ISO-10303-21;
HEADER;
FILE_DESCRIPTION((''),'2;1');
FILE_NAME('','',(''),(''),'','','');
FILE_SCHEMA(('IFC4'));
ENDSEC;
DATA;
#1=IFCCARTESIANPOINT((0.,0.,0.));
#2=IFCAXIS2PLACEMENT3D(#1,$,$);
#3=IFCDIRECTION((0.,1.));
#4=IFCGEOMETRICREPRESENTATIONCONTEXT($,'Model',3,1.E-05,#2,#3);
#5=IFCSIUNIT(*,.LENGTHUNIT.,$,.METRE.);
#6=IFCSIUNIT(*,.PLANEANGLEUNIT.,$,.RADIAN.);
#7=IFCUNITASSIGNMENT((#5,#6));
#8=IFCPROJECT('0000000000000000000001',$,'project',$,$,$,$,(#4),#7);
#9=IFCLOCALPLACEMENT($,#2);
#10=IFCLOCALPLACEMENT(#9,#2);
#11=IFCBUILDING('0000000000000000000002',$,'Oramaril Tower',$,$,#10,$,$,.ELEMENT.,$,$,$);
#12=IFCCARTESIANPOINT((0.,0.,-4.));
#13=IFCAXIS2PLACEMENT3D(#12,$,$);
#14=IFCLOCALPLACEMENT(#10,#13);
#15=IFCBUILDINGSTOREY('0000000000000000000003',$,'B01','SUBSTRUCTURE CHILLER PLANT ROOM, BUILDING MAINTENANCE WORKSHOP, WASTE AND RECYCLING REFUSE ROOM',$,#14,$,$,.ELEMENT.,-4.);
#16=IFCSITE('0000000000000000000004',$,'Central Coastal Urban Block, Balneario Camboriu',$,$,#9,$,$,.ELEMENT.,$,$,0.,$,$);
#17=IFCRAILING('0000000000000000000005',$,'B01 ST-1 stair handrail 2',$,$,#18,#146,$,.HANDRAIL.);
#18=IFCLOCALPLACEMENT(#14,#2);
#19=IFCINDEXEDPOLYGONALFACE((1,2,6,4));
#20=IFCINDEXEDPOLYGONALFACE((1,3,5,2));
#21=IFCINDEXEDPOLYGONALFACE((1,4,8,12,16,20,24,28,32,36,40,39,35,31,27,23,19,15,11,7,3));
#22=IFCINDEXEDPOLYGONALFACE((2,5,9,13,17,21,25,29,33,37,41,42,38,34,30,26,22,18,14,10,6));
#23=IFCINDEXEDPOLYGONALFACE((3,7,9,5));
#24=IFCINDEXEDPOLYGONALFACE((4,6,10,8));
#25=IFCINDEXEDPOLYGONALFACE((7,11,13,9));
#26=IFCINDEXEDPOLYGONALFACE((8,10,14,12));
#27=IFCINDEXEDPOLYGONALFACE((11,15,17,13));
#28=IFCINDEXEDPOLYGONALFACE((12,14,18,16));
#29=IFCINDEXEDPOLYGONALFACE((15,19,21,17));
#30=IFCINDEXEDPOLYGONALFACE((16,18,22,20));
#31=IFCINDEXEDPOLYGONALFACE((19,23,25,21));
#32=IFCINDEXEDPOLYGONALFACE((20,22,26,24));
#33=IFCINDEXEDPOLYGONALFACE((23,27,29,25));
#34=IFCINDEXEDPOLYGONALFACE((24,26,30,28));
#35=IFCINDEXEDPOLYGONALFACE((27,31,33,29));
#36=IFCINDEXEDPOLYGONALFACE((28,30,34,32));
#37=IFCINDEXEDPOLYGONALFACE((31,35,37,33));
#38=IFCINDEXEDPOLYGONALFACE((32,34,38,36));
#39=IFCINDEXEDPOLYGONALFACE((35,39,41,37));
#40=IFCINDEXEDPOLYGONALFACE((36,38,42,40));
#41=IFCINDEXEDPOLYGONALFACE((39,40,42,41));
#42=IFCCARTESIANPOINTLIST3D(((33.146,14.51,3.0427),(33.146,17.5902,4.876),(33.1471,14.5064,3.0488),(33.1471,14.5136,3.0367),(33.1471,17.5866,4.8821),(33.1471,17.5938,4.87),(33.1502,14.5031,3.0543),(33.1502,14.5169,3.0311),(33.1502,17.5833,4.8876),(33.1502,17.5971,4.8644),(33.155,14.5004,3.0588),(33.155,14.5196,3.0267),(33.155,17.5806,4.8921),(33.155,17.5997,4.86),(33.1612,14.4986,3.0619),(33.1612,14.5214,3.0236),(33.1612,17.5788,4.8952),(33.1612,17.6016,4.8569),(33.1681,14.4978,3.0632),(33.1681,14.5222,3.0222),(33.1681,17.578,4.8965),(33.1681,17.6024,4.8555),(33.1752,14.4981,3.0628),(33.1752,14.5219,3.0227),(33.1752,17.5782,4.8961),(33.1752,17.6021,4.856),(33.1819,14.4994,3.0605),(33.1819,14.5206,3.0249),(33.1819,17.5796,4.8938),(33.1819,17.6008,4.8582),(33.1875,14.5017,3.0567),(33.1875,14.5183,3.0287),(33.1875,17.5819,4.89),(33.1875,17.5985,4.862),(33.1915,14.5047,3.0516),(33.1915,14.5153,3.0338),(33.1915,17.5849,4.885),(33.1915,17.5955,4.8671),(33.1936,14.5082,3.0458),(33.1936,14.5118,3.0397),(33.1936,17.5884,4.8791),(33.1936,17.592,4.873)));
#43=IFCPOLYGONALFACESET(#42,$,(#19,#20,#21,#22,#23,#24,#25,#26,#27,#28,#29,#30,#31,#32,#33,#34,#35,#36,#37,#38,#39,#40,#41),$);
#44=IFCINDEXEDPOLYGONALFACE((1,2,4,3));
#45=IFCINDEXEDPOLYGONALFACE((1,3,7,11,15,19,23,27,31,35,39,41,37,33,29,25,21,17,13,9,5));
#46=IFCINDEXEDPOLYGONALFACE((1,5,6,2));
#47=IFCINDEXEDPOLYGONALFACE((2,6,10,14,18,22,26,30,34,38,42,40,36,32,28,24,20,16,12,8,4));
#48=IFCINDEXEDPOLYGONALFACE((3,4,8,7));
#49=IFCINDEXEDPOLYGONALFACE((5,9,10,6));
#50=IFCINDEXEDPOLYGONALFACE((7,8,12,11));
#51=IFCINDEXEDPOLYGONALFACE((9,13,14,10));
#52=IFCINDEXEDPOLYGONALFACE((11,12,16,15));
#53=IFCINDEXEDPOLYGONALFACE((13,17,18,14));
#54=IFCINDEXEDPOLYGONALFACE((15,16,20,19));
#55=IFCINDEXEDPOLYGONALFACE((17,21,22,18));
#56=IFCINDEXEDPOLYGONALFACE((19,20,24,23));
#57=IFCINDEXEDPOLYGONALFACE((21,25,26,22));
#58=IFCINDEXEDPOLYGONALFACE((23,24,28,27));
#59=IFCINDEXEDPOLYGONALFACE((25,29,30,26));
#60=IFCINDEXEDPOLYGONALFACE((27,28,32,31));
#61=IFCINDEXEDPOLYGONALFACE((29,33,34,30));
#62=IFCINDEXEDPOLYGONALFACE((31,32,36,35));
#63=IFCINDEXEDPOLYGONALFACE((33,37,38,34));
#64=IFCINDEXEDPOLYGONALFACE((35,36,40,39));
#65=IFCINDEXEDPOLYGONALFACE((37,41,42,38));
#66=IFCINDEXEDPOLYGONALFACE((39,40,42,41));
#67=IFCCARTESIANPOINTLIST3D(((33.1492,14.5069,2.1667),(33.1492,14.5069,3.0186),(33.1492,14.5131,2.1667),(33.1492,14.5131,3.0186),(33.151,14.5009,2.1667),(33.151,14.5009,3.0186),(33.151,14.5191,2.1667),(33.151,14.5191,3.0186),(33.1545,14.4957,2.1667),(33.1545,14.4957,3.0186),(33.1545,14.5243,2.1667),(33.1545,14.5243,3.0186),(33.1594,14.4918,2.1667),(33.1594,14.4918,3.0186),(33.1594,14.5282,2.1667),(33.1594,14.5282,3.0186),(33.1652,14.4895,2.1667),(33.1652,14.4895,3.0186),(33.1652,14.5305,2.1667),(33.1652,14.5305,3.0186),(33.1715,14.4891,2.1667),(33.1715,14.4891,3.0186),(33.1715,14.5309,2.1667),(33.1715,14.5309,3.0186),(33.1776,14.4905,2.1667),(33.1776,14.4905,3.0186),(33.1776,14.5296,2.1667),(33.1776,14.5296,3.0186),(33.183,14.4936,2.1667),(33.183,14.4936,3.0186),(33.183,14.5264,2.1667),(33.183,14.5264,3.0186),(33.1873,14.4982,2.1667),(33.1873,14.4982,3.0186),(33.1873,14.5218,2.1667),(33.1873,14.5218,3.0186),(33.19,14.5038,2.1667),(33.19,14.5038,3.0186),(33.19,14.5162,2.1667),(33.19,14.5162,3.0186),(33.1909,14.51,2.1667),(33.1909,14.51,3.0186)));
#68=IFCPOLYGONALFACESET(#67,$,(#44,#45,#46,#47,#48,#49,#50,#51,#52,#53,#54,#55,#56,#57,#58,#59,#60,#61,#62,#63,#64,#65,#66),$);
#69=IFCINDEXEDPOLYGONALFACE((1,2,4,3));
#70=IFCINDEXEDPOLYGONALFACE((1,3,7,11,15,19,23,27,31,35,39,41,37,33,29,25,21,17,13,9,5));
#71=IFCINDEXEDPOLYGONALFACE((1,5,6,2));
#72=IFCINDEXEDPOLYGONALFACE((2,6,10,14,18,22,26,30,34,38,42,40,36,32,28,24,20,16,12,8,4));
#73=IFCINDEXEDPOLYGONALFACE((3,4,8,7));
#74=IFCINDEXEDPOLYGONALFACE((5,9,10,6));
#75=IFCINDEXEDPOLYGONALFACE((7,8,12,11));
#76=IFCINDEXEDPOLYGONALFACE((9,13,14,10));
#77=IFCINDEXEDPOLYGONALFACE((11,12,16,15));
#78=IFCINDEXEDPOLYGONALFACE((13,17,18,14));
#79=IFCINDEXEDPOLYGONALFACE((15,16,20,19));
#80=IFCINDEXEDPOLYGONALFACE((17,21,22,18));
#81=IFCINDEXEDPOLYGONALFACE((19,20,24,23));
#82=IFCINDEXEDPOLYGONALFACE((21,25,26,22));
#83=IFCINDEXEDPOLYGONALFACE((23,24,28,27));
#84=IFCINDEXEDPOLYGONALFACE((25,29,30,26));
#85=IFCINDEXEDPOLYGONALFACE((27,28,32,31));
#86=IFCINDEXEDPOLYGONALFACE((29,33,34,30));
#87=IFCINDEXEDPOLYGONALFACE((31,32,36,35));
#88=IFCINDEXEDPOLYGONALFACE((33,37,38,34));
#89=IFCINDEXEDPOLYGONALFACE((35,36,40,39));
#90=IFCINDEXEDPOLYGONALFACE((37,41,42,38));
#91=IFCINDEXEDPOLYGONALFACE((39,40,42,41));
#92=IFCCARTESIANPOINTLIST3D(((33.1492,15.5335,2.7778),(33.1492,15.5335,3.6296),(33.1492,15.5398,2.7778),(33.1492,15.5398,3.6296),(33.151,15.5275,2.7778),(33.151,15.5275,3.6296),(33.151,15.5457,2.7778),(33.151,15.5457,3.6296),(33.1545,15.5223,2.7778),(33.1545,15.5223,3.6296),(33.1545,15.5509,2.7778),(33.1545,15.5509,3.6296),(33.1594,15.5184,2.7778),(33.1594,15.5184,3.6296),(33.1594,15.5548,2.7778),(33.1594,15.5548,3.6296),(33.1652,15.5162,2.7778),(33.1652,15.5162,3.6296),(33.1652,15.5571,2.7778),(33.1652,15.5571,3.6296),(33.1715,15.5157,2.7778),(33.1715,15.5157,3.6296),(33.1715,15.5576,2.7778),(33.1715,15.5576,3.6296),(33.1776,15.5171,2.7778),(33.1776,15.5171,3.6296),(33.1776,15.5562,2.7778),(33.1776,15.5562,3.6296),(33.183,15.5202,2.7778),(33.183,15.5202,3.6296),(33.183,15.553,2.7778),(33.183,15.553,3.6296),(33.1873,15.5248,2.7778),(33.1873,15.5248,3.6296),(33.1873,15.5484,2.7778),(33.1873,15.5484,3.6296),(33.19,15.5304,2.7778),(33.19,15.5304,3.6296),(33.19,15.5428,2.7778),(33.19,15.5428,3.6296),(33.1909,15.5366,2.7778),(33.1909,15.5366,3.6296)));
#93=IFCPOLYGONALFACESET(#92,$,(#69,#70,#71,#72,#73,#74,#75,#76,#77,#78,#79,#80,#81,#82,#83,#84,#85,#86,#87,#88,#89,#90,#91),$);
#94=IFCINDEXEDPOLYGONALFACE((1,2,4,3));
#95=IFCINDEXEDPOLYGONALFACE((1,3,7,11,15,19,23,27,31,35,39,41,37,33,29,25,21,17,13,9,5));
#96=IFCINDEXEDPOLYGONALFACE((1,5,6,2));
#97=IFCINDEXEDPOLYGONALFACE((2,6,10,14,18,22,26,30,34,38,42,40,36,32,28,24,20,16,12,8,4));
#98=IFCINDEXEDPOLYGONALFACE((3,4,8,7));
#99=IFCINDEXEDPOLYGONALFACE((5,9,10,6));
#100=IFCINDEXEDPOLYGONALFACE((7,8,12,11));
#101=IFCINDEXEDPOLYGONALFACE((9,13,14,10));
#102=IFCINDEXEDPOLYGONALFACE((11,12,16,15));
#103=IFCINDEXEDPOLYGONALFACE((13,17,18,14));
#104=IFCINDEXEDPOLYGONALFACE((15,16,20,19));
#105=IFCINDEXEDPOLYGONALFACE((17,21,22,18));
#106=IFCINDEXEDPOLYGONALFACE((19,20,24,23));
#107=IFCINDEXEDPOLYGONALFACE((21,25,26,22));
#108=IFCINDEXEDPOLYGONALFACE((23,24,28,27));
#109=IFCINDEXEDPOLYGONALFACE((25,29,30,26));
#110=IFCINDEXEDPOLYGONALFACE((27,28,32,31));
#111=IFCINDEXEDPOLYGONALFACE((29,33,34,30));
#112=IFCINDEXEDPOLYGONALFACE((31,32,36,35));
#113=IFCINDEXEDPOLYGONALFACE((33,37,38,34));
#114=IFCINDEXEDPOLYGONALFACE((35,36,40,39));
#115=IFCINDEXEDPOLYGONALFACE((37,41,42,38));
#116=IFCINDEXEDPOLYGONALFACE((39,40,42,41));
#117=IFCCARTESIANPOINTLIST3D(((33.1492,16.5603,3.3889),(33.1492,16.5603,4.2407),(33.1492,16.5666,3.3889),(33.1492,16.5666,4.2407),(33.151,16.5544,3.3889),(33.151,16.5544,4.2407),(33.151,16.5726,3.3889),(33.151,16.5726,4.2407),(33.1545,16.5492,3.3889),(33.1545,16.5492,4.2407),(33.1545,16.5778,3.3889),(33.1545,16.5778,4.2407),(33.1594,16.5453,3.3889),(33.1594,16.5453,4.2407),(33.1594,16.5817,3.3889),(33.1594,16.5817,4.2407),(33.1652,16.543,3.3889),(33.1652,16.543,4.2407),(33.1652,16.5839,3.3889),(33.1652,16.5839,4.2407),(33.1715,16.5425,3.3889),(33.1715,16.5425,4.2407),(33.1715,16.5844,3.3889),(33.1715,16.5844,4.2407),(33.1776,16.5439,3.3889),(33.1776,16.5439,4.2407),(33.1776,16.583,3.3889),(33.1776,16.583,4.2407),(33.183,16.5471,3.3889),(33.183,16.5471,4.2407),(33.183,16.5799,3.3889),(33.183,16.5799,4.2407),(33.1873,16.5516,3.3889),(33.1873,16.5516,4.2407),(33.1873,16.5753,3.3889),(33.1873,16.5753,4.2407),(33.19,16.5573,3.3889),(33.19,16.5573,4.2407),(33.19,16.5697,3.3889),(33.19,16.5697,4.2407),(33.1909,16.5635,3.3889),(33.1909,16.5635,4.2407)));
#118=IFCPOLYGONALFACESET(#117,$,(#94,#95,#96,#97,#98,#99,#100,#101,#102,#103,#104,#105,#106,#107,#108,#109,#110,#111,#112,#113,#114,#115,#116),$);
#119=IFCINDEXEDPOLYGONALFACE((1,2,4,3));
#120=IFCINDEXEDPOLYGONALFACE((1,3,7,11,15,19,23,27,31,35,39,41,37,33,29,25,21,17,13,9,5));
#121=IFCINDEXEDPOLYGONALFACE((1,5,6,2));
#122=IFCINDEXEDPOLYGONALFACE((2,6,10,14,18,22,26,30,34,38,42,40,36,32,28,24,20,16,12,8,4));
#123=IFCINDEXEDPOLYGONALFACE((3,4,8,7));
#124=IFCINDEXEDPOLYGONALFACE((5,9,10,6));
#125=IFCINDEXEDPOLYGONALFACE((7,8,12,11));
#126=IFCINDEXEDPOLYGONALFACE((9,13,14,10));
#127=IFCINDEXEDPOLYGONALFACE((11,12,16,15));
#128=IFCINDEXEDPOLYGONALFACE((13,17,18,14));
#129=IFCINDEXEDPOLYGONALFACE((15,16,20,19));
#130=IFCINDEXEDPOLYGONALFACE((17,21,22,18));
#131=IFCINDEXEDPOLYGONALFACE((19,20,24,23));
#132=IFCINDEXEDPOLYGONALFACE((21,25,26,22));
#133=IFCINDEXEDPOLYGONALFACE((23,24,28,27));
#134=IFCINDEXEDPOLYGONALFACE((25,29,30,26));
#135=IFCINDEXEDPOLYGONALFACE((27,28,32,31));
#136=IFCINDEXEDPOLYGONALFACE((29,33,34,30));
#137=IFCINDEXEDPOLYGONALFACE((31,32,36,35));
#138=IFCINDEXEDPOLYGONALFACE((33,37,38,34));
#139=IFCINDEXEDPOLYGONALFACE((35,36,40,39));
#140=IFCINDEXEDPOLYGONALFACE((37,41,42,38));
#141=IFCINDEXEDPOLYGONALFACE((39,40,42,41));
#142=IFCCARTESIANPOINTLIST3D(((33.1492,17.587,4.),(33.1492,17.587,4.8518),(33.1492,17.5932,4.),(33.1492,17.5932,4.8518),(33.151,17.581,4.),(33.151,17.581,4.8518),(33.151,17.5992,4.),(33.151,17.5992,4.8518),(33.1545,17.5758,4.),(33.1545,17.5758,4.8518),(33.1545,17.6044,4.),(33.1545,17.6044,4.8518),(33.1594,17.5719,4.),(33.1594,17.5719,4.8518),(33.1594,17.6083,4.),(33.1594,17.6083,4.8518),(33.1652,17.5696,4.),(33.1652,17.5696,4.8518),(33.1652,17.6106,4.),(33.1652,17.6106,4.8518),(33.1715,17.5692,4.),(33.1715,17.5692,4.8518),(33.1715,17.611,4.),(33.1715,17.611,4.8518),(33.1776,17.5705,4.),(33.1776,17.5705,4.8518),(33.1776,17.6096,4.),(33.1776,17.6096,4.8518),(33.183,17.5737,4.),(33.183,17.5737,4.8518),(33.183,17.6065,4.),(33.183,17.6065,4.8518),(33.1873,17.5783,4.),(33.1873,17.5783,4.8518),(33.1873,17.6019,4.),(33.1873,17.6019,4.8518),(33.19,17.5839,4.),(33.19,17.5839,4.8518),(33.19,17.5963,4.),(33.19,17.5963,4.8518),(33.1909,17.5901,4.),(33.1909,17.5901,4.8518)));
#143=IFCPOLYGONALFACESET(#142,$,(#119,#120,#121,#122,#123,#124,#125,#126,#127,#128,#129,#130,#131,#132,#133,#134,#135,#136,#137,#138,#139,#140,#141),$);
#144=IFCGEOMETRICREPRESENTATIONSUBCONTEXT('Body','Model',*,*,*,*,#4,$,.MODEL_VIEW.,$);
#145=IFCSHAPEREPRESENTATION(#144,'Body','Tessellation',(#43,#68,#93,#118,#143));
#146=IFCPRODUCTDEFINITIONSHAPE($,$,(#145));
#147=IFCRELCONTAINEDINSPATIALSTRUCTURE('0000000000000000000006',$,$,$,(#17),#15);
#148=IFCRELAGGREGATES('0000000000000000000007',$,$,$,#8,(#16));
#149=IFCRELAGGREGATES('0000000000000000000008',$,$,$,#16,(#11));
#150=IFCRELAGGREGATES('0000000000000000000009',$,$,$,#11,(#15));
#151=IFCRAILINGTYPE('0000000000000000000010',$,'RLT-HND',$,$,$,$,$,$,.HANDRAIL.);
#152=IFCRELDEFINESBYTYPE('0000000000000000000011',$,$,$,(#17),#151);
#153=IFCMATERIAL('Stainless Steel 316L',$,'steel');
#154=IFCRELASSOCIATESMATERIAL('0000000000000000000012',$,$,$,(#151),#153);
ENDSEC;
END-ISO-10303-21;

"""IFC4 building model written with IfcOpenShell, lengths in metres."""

from ifc_helpers import new_model, si_unit, direction, frame, origin, origin_2d, place, context, subcontext, project, spatial, circle, extrude, material, type_object, element, save


model = new_model("IFC4")

# Units and contexts
model_context = context("Model", 3, precision=1e-05, world=origin(), true_north=direction((0.0, 1.0)))
body_context = subcontext(model_context, "Body", "Model", "MODEL_VIEW")
ifc_project = project(units=[si_unit("LENGTHUNIT", "METRE"), si_unit("PLANEANGLEUNIT", "RADIAN")], contexts=[model_context])

# Site, building, storey
site_placement = place(None, origin())
site = spatial("IfcSite", under=ifc_project, at=site_placement, Name="Central Coastal Urban Block, Balneario Camboriu", CompositionType="ELEMENT", RefElevation=0.0)
building_placement = place(site_placement, origin())
building = spatial("IfcBuilding", under=site, at=building_placement, Name="Oramaril Tower", CompositionType="ELEMENT")
storey_placement = place(building_placement, frame((0.0, 0.0, -4.0)))
storey = spatial("IfcBuildingStorey", under=building, at=storey_placement, Name="B01", Description="SUBSTRUCTURE CHILLER PLANT ROOM, BUILDING MAINTENANCE WORKSHOP, WASTE AND RECYCLING REFUSE ROOM", CompositionType="ELEMENT", Elevation=-4.0)

# Railing
ifc_material_1 = material(Name="Stainless Steel 316L", Category="steel")
railing_type_1 = type_object("IfcRailingType", Name="RLT-HND", PredefinedType="HANDRAIL", material=ifc_material_1)
for number, where, name in (
    (1, (33.1699, 14.51, 2.1667), "B01 ST-1 stair handrail 2"),
):
    element("IfcRailing", number, at=place(storey_placement, frame(where)), inside=storey, type_object=railing_type_1, Name=name, PredefinedType="HANDRAIL", context=body_context, shape_type="SweptSolid", body=[
        extrude(circle(Radius=0.0239, at=origin_2d()), frame((0.0, 0.0, 0.876), z_axis=(0.0, 0.859309, 0.511458), x_axis=(-1.0, 0.0, 0.0)), (0.0, 0.0, 1.0), 3.5845),
        extrude(circle(Radius=0.021, at=origin_2d()), origin(), (0.0, 0.0, 1.0), 0.8518),
        extrude(circle(Radius=0.021, at=origin_2d()), frame((0.0, 1.0266, 0.6111)), (0.0, 0.0, 1.0), 0.8518),
        extrude(circle(Radius=0.021, at=origin_2d()), frame((0.0, 2.0535, 1.2222)), (0.0, 0.0, 1.0), 0.8518),
        extrude(circle(Radius=0.021, at=origin_2d()), frame((0.0, 3.0801, 1.8333)), (0.0, 0.0, 1.0), 0.8518),
    ])

save(model, "model.ifc")
